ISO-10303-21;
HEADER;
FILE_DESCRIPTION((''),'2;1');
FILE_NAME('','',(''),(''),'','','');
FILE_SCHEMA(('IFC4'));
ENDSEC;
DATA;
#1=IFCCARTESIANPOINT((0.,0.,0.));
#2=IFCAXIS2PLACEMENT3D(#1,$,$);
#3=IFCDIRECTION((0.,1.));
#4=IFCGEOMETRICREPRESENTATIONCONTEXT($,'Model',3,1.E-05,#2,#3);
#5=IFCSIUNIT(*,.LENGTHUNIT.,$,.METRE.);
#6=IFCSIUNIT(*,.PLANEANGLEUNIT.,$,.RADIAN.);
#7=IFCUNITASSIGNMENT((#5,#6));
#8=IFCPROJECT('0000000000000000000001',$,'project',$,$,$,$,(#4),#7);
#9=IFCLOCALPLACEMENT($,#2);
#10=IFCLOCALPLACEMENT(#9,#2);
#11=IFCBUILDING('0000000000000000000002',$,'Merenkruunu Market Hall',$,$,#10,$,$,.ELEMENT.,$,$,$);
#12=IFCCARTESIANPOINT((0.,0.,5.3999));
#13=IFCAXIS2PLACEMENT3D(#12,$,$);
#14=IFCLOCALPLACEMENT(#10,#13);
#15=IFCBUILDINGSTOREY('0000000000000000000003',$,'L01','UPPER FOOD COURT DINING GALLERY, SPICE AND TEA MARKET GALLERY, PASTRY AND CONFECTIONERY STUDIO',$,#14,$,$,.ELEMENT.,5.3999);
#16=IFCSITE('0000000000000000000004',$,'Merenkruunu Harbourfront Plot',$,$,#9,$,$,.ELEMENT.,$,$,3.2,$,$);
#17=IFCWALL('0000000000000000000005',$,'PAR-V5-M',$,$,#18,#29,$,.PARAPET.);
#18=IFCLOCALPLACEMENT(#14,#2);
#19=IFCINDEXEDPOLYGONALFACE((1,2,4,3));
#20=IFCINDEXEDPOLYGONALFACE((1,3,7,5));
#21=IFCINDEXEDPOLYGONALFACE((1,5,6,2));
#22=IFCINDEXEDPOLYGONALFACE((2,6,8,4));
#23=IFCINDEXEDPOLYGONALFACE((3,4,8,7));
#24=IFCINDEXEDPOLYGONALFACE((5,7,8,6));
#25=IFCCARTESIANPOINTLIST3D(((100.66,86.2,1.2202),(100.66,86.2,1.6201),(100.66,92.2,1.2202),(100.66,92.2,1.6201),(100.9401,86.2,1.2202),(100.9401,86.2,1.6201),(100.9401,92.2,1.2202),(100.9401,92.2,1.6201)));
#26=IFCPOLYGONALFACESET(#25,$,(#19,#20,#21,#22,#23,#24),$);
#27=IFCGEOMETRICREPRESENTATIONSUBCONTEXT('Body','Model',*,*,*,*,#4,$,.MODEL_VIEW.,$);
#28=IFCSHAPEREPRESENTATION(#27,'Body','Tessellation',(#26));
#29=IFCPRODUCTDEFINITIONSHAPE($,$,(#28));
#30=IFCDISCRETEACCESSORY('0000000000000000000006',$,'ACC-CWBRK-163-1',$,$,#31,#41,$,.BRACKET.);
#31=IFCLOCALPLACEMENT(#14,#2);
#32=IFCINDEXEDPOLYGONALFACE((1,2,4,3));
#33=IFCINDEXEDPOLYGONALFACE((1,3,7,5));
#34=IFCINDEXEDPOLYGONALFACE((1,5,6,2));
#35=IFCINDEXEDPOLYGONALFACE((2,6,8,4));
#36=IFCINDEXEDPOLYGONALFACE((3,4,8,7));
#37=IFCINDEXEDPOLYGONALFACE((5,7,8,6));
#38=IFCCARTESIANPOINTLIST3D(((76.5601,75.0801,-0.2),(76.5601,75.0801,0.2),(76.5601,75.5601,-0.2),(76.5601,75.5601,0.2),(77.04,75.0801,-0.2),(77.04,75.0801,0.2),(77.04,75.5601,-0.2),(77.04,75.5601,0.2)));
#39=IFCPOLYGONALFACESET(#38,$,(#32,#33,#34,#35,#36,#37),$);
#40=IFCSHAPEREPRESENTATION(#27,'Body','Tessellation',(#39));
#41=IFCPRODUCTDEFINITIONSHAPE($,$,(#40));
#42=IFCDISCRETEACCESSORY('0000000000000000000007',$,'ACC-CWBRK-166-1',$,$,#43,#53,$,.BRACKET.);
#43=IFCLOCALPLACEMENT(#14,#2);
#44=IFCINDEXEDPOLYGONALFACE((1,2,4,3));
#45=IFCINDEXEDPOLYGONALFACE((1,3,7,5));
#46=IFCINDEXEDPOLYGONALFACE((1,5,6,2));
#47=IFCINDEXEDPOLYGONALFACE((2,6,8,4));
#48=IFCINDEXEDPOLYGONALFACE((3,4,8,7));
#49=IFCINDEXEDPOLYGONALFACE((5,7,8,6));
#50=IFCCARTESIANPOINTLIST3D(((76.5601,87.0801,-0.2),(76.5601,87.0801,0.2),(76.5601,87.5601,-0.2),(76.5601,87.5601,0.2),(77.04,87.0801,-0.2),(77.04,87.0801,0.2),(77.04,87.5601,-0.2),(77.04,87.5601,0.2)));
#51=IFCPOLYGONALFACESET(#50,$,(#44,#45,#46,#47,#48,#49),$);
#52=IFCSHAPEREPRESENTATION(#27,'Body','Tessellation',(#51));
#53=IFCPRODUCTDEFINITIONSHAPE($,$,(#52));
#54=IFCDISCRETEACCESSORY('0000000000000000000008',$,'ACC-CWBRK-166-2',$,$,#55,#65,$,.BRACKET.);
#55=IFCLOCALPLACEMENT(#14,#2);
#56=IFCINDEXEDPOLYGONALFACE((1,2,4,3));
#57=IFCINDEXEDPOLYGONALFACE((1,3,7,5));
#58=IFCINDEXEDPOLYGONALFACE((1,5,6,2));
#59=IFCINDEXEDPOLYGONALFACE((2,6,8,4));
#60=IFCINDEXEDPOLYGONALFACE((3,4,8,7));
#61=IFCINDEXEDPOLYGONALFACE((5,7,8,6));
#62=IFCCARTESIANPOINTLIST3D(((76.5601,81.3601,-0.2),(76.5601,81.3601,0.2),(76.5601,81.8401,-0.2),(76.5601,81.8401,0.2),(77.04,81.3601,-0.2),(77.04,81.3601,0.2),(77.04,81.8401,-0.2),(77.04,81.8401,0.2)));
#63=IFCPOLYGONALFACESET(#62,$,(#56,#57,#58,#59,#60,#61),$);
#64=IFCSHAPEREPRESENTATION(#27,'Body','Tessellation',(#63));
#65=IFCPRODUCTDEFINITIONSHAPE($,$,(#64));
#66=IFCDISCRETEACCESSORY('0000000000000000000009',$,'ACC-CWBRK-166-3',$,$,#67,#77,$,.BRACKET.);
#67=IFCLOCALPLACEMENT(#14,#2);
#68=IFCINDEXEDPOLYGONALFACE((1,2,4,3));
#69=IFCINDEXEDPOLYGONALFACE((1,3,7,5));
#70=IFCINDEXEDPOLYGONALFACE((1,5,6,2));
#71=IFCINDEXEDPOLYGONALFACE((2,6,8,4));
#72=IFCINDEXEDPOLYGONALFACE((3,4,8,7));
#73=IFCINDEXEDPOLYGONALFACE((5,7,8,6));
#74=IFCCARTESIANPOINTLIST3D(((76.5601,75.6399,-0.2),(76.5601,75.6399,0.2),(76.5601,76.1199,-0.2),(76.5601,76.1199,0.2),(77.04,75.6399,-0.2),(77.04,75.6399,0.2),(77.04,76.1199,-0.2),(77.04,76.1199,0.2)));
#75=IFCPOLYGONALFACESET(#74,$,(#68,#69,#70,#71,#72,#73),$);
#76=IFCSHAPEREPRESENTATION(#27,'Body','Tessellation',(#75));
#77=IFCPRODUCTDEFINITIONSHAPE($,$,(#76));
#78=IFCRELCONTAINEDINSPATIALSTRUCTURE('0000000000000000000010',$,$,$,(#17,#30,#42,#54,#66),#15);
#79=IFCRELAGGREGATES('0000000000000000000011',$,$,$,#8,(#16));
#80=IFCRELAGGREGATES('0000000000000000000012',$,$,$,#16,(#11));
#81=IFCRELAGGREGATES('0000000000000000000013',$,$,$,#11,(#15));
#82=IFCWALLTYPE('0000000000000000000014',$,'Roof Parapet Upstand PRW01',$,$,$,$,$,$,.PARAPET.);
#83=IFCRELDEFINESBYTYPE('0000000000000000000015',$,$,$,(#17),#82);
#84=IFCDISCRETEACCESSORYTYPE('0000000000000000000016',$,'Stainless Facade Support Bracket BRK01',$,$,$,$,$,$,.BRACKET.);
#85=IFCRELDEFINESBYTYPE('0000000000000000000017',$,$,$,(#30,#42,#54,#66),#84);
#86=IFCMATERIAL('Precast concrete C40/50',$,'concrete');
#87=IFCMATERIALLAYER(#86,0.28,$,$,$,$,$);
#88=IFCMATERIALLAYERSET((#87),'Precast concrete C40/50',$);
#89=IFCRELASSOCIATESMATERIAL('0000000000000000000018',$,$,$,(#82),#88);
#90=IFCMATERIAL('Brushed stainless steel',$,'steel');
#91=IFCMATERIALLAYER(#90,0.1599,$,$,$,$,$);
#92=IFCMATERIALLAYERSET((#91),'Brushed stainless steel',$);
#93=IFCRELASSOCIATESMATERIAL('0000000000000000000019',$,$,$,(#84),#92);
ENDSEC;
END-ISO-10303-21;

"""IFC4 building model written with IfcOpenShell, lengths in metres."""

from ifc_helpers import new_model, si_unit, direction, frame, frame_2d, origin, origin_2d, place, context, subcontext, project, spatial, rectangle, extrude, material, layer, layer_set, type_object, element, save


model = new_model("IFC4")

# Units and contexts
model_context = context("Model", 3, precision=1e-05, world=origin(), true_north=direction((0.0, 1.0)))
body_context = subcontext(model_context, "Body", "Model", "MODEL_VIEW")
ifc_project = project(units=[si_unit("LENGTHUNIT", "METRE"), si_unit("PLANEANGLEUNIT", "RADIAN")], contexts=[model_context])

# Site, building, storey
site_placement = place(None, origin())
site = spatial("IfcSite", under=ifc_project, at=site_placement, Name="Merenkruunu Harbourfront Plot", CompositionType="ELEMENT", RefElevation=3.2)
building_placement = place(site_placement, origin())
building = spatial("IfcBuilding", under=site, at=building_placement, Name="Merenkruunu Market Hall", CompositionType="ELEMENT")
storey_placement = place(building_placement, frame((0.0, 0.0, 5.3999)))
storey = spatial("IfcBuildingStorey", under=building, at=storey_placement, Name="L01", Description="UPPER FOOD COURT DINING GALLERY, SPICE AND TEA MARKET GALLERY, PASTRY AND CONFECTIONERY STUDIO", CompositionType="ELEMENT", Elevation=5.3999)

# Wall
ifc_material_1 = material(Name="Precast concrete C40/50", Category="concrete")
ifc_layer_1 = layer(ifc_material_1, 0.28)
ifc_layer_set_1 = layer_set([ifc_layer_1], Name="Precast concrete C40/50")
wall_type = type_object("IfcWallType", Name="Roof Parapet Upstand PRW01", PredefinedType="PARAPET", material=ifc_layer_set_1)
wall_placement = place(storey_placement, frame((100.8, 86.2, 1.2202), z_axis=(0.0, 0.0, 1.0), x_axis=(0.0, 1.0, 0.0)))
element("IfcWall", 1, at=wall_placement, inside=storey, type_object=wall_type, Name="PAR-V5-M", PredefinedType="PARAPET", context=body_context, shape_type="SweptSolid", body=[
    extrude(rectangle(XDim=6.0, YDim=0.28, at=frame_2d((3.0, 0.0))), origin(), (0.0, 0.0, 1.0), 0.3999),
])

# Discrete accessories
ifc_material_2 = material(Name="Brushed stainless steel", Category="steel")
ifc_layer_2 = layer(ifc_material_2, 0.1599)
ifc_layer_set_2 = layer_set([ifc_layer_2], Name="Brushed stainless steel")
discrete_accessory_type = type_object("IfcDiscreteAccessoryType", Name="Stainless Facade Support Bracket BRK01", PredefinedType="BRACKET", material=ifc_layer_set_2)
for number, where, z_axis, x_axis, name in (
    (2, (76.8, 75.3201, -0.2), (0.0, 0.0, 1.0), (1.0, 0.0, 0.0), "ACC-CWBRK-163-1"),
    (3, (76.8, 87.3201, -0.2), (0.0, 0.0, 1.0), (1.0, 0.0, 0.0), "ACC-CWBRK-166-1"),
    (4, (76.8, 81.6001, -0.2), (0.0, 0.0, 1.0), (1.0, 0.0, 0.0), "ACC-CWBRK-166-2"),
    (5, (76.8, 75.8799, -0.2), (0.0, 0.0, 1.0), (1.0, 0.0, 0.0), "ACC-CWBRK-166-3"),
):
    element("IfcDiscreteAccessory", number, at=place(storey_placement, frame(where, z_axis=z_axis, x_axis=x_axis)), inside=storey, type_object=discrete_accessory_type, Name=name, PredefinedType="BRACKET", context=body_context, shape_type="SweptSolid", body=[
        extrude(rectangle(XDim=0.48, YDim=0.48, at=origin_2d()), origin(), (0.0, 0.0, 1.0), 0.3999),
    ])

save(model, "model.ifc")
